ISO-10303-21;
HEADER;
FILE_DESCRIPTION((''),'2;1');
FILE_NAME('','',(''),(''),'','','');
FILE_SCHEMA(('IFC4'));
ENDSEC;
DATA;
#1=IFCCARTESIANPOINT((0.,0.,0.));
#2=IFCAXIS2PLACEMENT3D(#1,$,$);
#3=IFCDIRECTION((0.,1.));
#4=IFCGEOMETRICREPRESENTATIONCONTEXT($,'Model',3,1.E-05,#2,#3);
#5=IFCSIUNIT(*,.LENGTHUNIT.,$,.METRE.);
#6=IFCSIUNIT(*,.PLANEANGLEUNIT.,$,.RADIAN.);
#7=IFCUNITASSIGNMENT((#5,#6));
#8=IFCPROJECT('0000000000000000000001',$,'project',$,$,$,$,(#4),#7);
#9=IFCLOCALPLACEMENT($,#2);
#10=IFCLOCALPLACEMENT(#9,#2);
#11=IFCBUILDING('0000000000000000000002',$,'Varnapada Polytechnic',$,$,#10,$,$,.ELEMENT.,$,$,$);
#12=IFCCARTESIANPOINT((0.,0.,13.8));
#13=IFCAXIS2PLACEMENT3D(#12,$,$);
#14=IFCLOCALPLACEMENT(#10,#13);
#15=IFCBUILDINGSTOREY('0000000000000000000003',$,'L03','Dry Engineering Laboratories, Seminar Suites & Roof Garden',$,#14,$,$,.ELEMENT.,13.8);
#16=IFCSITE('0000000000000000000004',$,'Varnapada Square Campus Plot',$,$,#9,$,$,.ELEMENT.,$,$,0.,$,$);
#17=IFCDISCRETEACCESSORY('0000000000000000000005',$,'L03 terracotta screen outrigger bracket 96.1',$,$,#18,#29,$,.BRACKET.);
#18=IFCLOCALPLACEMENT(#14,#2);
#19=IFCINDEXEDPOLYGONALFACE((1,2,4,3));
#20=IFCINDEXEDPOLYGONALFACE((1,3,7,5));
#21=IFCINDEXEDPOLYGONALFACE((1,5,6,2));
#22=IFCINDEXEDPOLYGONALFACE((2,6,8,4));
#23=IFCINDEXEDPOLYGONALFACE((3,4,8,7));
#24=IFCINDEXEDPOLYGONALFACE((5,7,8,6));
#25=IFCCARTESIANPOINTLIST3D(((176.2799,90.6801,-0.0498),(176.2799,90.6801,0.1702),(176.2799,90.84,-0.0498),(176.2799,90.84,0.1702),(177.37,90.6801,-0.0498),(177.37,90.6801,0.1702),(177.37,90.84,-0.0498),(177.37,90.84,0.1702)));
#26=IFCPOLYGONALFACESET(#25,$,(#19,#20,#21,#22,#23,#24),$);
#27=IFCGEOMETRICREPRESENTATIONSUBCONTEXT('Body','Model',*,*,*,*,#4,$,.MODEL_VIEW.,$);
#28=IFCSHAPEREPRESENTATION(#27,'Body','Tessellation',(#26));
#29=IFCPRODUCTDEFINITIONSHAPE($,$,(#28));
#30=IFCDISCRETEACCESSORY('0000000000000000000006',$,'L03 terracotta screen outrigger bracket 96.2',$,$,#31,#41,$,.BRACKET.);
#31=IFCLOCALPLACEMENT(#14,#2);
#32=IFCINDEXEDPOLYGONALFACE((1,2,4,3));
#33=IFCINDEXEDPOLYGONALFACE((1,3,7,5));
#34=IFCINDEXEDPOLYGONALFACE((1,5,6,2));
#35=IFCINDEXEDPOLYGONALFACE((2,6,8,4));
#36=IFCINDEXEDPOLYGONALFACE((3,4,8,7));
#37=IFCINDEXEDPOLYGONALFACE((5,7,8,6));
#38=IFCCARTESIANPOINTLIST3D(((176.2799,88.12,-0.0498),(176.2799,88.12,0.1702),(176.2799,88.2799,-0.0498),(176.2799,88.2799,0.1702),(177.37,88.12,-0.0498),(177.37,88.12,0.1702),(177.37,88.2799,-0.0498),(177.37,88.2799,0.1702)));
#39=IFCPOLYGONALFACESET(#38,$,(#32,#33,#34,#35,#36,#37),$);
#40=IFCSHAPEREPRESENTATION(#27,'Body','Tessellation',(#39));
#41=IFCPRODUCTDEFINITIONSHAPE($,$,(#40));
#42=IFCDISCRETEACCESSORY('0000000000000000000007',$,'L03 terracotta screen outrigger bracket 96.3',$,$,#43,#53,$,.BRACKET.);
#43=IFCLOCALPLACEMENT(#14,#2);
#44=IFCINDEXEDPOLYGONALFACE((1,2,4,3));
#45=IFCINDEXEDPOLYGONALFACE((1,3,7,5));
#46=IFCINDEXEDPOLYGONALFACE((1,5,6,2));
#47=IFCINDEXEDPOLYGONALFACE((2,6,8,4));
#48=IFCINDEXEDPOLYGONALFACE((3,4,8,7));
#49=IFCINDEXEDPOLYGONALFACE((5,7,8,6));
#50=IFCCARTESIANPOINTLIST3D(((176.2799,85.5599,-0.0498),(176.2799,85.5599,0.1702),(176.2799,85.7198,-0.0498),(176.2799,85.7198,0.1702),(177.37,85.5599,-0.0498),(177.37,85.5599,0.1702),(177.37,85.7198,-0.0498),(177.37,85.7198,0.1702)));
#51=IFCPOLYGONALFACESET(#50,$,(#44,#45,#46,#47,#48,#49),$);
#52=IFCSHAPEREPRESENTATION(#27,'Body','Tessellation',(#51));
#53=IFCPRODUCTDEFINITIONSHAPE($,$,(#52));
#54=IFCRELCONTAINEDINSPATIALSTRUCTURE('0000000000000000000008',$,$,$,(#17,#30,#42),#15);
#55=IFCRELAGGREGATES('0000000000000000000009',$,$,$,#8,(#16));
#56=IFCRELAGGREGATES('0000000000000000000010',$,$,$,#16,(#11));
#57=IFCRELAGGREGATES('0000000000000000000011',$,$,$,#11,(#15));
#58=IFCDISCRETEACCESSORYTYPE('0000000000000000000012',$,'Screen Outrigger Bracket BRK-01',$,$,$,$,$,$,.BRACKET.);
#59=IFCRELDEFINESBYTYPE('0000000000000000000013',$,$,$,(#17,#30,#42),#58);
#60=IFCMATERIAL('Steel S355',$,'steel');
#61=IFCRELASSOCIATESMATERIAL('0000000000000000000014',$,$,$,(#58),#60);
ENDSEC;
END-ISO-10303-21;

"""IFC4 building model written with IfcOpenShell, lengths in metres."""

from ifc_helpers import new_model, si_unit, direction, frame, origin, origin_2d, place, context, subcontext, project, spatial, rectangle, extrude, material, type_object, element, save


model = new_model("IFC4")

# Units and contexts
model_context = context("Model", 3, precision=1e-05, world=origin(), true_north=direction((0.0, 1.0)))
body_context = subcontext(model_context, "Body", "Model", "MODEL_VIEW")
ifc_project = project(units=[si_unit("LENGTHUNIT", "METRE"), si_unit("PLANEANGLEUNIT", "RADIAN")], contexts=[model_context])

# Site, building, storey
site_placement = place(None, origin())
site = spatial("IfcSite", under=ifc_project, at=site_placement, Name="Varnapada Square Campus Plot", CompositionType="ELEMENT", RefElevation=0.0)
building_placement = place(site_placement, origin())
building = spatial("IfcBuilding", under=site, at=building_placement, Name="Varnapada Polytechnic", CompositionType="ELEMENT")
storey_placement = place(building_placement, frame((0.0, 0.0, 13.8)))
storey = spatial("IfcBuildingStorey", under=building, at=storey_placement, Name="L03", Description="Dry Engineering Laboratories, Seminar Suites & Roof Garden", CompositionType="ELEMENT", Elevation=13.8)

# Discrete accessories
ifc_material_1 = material(Name="Steel S355", Category="steel")
discrete_accessory_type = type_object("IfcDiscreteAccessoryType", Name="Screen Outrigger Bracket BRK-01", PredefinedType="BRACKET", material=ifc_material_1)
for number, where, z_axis, x_axis, name in (
    (1, (176.825, 90.76, -0.0498), (0.0, 0.0, 1.0), (0.0, -1.0, 0.0), "L03 terracotta screen outrigger bracket 96.1"),
    (2, (176.825, 88.2, -0.0498), (0.0, 0.0, 1.0), (0.0, -1.0, 0.0), "L03 terracotta screen outrigger bracket 96.2"),
    (3, (176.825, 85.6399, -0.0498), (0.0, 0.0, 1.0), (0.0, -1.0, 0.0), "L03 terracotta screen outrigger bracket 96.3"),
):
    element("IfcDiscreteAccessory", number, at=place(storey_placement, frame(where, z_axis=z_axis, x_axis=x_axis)), inside=storey, type_object=discrete_accessory_type, Name=name, PredefinedType="BRACKET", context=body_context, shape_type="SweptSolid", body=[
        extrude(rectangle(XDim=0.1599, YDim=1.0901, at=origin_2d()), origin(), (0.0, 0.0, 1.0), 0.22),
    ])

save(model, "model.ifc")
